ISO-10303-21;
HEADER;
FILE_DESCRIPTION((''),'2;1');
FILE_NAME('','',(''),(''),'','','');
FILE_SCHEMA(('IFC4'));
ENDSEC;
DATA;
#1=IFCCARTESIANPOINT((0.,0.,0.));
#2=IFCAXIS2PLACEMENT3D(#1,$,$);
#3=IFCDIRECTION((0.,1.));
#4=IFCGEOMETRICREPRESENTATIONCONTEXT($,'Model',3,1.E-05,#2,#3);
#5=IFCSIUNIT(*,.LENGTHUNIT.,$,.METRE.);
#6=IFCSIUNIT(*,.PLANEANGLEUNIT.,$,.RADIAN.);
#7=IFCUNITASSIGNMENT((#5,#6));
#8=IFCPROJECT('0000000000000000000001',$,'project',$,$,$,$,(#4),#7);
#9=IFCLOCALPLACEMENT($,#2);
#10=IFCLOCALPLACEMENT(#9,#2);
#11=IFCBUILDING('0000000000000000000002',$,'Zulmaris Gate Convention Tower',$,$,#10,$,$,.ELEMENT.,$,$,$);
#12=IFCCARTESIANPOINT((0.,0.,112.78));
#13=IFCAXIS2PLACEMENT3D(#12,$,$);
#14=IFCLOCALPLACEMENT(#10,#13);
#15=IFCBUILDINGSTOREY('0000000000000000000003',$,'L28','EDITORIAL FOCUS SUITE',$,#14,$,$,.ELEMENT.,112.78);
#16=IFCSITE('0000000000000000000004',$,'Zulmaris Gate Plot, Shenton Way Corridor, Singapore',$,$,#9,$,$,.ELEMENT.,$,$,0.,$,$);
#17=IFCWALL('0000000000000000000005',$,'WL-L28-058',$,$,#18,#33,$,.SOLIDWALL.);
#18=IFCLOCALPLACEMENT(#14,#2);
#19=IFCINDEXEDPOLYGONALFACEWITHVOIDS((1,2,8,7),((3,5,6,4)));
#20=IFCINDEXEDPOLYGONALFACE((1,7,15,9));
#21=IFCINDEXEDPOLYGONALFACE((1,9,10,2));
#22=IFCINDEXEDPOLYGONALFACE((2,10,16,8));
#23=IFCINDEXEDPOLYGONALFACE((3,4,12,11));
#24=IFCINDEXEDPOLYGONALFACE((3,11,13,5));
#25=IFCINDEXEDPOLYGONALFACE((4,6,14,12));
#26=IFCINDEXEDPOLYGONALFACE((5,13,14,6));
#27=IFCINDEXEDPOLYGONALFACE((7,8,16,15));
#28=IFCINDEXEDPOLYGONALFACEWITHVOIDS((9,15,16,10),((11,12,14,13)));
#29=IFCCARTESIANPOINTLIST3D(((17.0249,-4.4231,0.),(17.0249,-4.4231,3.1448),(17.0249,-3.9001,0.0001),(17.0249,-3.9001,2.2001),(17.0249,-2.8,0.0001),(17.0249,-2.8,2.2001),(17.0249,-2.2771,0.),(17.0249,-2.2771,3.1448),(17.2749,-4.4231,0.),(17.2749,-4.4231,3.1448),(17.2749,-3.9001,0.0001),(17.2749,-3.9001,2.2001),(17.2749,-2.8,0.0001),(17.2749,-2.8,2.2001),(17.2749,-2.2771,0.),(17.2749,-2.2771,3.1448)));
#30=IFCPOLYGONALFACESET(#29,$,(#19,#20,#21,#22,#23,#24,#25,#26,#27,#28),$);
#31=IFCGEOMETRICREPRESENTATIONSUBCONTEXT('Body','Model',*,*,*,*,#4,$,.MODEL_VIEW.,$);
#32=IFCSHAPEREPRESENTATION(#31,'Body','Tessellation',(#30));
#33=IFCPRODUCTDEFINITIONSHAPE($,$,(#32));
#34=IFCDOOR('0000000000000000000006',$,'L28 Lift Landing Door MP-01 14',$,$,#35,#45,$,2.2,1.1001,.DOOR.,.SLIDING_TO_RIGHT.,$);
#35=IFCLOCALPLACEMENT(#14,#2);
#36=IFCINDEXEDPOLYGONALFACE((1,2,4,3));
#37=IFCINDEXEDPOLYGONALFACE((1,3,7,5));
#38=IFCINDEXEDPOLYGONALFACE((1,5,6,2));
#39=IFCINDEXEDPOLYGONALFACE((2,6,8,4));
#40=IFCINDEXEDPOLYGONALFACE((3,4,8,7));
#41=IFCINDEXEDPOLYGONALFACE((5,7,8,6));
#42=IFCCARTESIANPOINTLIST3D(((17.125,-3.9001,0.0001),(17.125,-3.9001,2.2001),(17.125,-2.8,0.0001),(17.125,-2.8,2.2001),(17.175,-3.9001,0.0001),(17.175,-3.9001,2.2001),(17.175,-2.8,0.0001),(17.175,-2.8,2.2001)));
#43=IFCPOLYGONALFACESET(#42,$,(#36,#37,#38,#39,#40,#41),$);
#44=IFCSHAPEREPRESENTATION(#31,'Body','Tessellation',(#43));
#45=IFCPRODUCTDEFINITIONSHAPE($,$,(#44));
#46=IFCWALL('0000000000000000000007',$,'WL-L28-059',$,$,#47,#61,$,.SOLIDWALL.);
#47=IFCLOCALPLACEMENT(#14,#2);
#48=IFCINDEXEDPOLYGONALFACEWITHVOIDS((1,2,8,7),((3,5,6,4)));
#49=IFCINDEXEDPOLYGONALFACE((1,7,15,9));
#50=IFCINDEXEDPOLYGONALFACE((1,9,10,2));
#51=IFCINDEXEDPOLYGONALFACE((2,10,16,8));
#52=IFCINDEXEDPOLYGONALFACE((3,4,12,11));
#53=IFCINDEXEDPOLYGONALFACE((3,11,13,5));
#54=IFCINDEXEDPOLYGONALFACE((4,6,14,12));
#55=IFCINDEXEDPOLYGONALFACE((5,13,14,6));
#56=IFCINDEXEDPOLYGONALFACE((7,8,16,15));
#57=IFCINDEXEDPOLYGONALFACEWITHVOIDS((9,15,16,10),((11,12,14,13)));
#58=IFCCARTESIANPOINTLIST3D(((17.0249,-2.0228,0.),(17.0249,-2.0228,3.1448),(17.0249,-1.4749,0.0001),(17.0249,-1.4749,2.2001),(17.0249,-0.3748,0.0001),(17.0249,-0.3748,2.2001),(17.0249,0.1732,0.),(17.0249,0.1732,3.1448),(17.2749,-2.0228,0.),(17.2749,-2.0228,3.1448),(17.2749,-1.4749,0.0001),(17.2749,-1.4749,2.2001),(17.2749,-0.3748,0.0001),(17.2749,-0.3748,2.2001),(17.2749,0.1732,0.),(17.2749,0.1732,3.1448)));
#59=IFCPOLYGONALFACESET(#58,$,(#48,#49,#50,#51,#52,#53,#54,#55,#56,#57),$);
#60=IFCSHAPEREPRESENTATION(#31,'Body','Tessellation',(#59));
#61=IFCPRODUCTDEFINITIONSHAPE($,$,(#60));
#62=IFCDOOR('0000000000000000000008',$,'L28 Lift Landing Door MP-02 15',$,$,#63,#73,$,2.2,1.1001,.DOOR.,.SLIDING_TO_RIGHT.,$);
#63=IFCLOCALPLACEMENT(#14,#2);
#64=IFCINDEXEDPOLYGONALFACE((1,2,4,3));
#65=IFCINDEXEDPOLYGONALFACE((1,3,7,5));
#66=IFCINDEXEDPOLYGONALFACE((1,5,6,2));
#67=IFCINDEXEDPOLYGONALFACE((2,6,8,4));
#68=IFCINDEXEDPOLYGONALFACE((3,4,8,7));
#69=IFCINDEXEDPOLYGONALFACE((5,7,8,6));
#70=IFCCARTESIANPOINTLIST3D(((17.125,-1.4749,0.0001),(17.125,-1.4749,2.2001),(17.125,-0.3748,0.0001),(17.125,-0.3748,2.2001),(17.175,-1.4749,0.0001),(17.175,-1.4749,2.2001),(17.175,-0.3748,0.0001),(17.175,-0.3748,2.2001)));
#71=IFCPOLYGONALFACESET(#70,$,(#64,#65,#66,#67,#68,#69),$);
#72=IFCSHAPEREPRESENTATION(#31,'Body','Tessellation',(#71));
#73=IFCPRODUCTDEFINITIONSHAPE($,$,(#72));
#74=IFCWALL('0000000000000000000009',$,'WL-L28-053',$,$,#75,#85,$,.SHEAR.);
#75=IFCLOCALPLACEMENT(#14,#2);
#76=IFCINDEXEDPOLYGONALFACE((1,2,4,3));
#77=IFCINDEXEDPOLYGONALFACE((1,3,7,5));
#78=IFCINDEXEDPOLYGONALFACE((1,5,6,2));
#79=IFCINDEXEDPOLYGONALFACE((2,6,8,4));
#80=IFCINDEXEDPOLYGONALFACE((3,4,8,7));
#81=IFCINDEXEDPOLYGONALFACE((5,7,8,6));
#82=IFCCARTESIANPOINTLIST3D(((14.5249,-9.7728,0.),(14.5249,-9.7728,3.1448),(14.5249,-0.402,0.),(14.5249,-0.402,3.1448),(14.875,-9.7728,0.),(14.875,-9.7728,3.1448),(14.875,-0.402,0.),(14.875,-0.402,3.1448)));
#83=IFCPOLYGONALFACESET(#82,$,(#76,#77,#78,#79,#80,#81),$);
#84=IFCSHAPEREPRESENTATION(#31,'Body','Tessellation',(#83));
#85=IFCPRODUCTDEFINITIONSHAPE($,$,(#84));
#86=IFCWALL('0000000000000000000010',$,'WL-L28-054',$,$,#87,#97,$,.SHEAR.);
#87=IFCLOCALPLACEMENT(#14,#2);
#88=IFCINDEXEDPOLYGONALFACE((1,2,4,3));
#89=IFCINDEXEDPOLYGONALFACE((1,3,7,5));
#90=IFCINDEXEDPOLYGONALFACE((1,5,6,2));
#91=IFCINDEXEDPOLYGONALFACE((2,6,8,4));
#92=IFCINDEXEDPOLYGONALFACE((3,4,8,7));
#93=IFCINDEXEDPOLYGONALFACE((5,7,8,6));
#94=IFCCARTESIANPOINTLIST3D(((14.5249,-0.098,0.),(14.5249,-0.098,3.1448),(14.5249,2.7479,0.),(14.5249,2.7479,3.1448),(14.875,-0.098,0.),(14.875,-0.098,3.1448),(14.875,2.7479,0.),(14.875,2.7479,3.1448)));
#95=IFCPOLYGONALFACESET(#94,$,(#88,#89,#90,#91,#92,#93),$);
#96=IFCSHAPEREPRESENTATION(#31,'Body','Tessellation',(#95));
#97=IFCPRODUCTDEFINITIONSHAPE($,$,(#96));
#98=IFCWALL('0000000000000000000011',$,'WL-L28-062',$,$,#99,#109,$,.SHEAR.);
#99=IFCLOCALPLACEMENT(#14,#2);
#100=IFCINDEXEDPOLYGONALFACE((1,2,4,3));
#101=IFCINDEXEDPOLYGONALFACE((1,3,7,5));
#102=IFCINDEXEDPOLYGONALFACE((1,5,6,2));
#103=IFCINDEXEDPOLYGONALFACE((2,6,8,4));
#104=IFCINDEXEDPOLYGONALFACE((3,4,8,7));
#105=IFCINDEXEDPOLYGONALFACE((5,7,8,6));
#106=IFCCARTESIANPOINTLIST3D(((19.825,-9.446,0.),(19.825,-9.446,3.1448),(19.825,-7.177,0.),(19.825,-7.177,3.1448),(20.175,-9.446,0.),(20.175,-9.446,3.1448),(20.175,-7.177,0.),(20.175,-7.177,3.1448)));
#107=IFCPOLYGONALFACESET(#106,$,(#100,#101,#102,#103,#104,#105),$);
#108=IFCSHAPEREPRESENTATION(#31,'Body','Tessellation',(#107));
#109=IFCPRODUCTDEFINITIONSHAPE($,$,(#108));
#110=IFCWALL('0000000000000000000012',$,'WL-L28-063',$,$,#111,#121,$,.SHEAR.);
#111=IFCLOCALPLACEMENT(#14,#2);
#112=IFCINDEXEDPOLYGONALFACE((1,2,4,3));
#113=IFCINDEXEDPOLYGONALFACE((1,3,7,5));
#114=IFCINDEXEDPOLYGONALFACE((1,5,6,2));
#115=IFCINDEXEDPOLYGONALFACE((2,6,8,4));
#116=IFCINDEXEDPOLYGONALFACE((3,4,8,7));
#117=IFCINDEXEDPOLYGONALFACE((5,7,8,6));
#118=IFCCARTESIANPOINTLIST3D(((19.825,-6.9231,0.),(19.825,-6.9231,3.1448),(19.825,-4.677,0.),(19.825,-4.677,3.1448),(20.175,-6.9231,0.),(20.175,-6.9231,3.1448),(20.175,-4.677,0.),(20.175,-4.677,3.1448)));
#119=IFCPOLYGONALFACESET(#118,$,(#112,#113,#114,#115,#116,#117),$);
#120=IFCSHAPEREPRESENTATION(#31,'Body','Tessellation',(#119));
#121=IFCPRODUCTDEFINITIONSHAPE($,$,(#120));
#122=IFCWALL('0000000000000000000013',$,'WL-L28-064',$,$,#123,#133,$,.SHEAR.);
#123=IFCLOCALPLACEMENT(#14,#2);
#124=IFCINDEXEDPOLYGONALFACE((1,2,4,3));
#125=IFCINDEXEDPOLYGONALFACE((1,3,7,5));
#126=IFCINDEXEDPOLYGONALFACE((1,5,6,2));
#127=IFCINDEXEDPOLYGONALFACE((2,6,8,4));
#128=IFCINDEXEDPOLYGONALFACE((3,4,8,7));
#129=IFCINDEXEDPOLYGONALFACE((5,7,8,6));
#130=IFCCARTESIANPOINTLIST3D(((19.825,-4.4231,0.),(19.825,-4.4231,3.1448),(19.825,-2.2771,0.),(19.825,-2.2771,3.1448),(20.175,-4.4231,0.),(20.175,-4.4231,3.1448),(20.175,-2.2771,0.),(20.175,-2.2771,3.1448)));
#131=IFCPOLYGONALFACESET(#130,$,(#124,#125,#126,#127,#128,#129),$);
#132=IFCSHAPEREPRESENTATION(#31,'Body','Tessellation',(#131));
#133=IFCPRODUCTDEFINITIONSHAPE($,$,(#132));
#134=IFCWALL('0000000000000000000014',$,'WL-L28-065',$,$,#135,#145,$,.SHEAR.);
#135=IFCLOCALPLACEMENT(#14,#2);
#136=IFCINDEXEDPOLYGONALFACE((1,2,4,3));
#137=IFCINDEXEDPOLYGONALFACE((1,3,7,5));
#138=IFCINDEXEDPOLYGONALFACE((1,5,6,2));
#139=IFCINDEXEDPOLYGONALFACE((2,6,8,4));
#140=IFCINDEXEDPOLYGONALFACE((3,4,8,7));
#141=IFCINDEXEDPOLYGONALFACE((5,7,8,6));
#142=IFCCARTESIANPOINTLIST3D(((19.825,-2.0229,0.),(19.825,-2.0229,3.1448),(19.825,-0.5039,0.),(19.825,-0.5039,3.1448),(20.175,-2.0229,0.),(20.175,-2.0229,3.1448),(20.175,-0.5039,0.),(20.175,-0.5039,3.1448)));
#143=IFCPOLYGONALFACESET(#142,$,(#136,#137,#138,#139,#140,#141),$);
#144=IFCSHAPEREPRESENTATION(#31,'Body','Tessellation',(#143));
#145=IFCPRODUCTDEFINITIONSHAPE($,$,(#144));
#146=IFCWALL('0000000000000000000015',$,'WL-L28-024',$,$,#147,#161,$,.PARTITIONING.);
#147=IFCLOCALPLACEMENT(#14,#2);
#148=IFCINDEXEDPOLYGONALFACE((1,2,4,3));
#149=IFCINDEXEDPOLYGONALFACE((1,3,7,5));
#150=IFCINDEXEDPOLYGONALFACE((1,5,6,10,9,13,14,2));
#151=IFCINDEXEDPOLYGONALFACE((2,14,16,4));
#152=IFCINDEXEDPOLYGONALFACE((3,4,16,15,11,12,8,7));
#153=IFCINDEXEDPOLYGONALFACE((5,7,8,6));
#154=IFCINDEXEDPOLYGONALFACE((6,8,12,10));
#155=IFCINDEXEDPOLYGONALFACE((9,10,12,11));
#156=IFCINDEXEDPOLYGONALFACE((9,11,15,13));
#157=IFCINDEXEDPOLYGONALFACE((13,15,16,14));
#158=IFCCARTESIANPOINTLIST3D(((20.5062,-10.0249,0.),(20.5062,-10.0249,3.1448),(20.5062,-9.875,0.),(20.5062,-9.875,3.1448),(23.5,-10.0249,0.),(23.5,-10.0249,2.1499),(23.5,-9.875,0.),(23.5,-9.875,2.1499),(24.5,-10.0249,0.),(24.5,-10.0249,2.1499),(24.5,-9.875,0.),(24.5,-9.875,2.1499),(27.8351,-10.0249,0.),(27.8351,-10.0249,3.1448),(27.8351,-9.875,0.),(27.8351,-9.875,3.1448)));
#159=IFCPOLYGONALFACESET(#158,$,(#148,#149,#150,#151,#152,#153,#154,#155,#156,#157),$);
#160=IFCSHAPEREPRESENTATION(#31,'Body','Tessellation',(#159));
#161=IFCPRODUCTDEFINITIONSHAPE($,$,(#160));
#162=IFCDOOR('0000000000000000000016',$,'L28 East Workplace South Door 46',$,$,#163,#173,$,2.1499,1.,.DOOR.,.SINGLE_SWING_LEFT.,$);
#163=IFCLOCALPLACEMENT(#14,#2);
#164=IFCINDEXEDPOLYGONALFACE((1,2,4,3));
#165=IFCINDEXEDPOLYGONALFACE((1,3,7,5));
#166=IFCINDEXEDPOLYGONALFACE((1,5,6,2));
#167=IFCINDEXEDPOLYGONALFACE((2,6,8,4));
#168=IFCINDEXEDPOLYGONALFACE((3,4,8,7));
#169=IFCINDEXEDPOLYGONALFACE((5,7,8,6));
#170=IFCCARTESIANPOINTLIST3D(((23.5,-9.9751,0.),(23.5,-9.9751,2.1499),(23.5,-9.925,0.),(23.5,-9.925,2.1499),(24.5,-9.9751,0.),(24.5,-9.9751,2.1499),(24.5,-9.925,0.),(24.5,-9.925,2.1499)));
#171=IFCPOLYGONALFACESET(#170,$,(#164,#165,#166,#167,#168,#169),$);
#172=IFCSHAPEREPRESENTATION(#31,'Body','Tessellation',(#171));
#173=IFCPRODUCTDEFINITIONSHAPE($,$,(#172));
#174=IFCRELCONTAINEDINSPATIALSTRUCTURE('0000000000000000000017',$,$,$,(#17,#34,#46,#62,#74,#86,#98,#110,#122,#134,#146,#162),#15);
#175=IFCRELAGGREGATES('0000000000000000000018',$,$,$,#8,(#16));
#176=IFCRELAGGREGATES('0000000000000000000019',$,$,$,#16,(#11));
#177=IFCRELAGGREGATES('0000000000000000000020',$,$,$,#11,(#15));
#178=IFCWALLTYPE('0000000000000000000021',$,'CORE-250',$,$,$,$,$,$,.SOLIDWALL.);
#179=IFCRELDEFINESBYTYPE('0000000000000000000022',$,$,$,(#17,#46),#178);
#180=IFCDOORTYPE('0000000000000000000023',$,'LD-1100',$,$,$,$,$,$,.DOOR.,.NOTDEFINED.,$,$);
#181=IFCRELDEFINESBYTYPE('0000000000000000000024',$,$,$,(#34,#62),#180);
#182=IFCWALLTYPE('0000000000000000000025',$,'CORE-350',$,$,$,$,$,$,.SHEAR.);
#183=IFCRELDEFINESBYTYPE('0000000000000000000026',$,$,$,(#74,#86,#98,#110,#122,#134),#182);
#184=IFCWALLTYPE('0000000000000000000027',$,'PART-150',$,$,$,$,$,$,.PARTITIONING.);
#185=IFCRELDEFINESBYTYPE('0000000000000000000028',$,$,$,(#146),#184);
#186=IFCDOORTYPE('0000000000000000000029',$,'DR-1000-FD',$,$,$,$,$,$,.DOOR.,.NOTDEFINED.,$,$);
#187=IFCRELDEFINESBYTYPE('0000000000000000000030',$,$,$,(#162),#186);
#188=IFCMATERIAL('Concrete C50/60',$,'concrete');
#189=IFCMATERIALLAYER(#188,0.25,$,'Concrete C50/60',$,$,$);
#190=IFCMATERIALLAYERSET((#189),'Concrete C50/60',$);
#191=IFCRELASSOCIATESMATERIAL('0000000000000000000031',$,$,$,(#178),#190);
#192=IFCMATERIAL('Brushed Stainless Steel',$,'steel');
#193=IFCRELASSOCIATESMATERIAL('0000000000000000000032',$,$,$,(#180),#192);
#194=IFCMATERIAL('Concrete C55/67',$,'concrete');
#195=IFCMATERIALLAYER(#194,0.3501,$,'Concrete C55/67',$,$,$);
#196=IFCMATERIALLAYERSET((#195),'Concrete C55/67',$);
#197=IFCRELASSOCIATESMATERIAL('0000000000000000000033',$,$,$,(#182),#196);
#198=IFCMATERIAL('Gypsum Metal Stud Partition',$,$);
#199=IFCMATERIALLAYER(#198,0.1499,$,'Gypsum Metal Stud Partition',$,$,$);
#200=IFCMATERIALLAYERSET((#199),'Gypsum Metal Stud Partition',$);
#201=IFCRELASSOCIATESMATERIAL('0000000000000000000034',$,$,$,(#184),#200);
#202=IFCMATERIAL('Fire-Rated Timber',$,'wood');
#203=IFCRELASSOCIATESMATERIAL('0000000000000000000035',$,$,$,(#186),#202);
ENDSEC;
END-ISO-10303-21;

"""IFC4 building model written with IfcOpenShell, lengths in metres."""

from ifc_helpers import new_model, si_unit, direction, frame, frame_2d, origin, place, context, subcontext, project, spatial, rectangle, extrude, material, layer, layer_set, type_object, element, fill, save


model = new_model("IFC4")

# Units and contexts
model_context = context("Model", 3, precision=1e-05, world=origin(), true_north=direction((0.0, 1.0)))
body_context = subcontext(model_context, "Body", "Model", "MODEL_VIEW")
ifc_project = project(units=[si_unit("LENGTHUNIT", "METRE"), si_unit("PLANEANGLEUNIT", "RADIAN")], contexts=[model_context])

# Site, building, storey
site_placement = place(None, origin())
site = spatial("IfcSite", under=ifc_project, at=site_placement, Name="Zulmaris Gate Plot, Shenton Way Corridor, Singapore", CompositionType="ELEMENT", RefElevation=0.0)
building_placement = place(site_placement, origin())
building = spatial("IfcBuilding", under=site, at=building_placement, Name="Zulmaris Gate Convention Tower", CompositionType="ELEMENT")
storey_placement = place(building_placement, frame((0.0, 0.0, 112.78)))
storey = spatial("IfcBuildingStorey", under=building, at=storey_placement, Name="L28", Description="EDITORIAL FOCUS SUITE", CompositionType="ELEMENT", Elevation=112.78)

# Shared definitions
ifc_material_1 = material(Name="Concrete C50/60", Category="concrete")
ifc_layer_1 = layer(ifc_material_1, 0.25, Name="Concrete C50/60")
ifc_layer_set_1 = layer_set([ifc_layer_1], Name="Concrete C50/60")
wall_type_1 = type_object("IfcWallType", Name="CORE-250", PredefinedType="SOLIDWALL", material=ifc_layer_set_1)

# Walls, openings, doors
wall_1_placement = place(storey_placement, frame((17.1499, -4.4231, 0.0), z_axis=(0.0, 0.0, 1.0), x_axis=(0.0, 1.0, 0.0)))
wall_1 = element("IfcWall", 1, at=wall_1_placement, inside=storey, type_object=wall_type_1, Name="WL-L28-058", PredefinedType="SOLIDWALL", context=body_context, shape_type="SweptSolid", body=[
    extrude(rectangle(XDim=2.146, YDim=0.25, at=frame_2d((1.073, 0.0))), origin(), (0.0, 0.0, 1.0), 3.1448),
])
opening_1_placement = place(wall_1_placement, frame((0.5229, 0.0, 0.0)))
opening_1 = element("IfcOpeningElement", 2, at=opening_1_placement, cuts=wall_1, PredefinedType="OPENING", context=body_context, shape_type="SweptSolid", body=[
    extrude(rectangle(XDim=1.1001, YDim=2.2, at=frame_2d((0.55, 1.1001))), frame((0.0, 0.135, 0.0), z_axis=(0.0, -1.0, 0.0), x_axis=(1.0, 0.0, 0.0)), (0.0, 0.0, 1.0), 0.27),
])
ifc_material_2 = material(Name="Brushed Stainless Steel", Category="steel")
door_type_1 = type_object("IfcDoorType", Name="LD-1100", OperationType="NOTDEFINED", PredefinedType="DOOR", material=ifc_material_2)
door_1_placement = place(opening_1_placement, origin())
door_1 = element("IfcDoor", 3, at=door_1_placement, inside=storey, type_object=door_type_1, Name="L28 Lift Landing Door MP-01 14", OperationType="SLIDING_TO_RIGHT", OverallHeight=2.2, OverallWidth=1.1001, PredefinedType="DOOR", context=body_context, shape_type="SweptSolid", body=[
    extrude(rectangle(XDim=1.1001, YDim=2.2, at=frame_2d((0.55, 1.1001))), frame((0.0, 0.0249, 0.0), z_axis=(0.0, -1.0, 0.0), x_axis=(1.0, 0.0, 0.0)), (0.0, 0.0, 1.0), 0.05),
])
fill(opening_1, door_1)
wall_2_placement = place(storey_placement, frame((17.1499, -2.0229, 0.0), z_axis=(0.0, 0.0, 1.0), x_axis=(0.0, 1.0, 0.0)))
wall_2 = element("IfcWall", 4, at=wall_2_placement, inside=storey, type_object=wall_type_1, Name="WL-L28-059", PredefinedType="SOLIDWALL", context=body_context, shape_type="SweptSolid", body=[
    extrude(rectangle(XDim=2.196, YDim=0.25, at=frame_2d((1.0981, 0.0))), origin(), (0.0, 0.0, 1.0), 3.1448),
])
opening_2_placement = place(wall_2_placement, frame((0.5481, 0.0, 0.0)))
opening_2 = element("IfcOpeningElement", 5, at=opening_2_placement, cuts=wall_2, PredefinedType="OPENING", context=body_context, shape_type="SweptSolid", body=[
    extrude(rectangle(XDim=1.1001, YDim=2.2, at=frame_2d((0.55, 1.1001))), frame((0.0, 0.135, 0.0), z_axis=(0.0, -1.0, 0.0), x_axis=(1.0, 0.0, 0.0)), (0.0, 0.0, 1.0), 0.27),
])
door_2_placement = place(opening_2_placement, origin())
door_2 = element("IfcDoor", 6, at=door_2_placement, inside=storey, type_object=door_type_1, Name="L28 Lift Landing Door MP-02 15", OperationType="SLIDING_TO_RIGHT", OverallHeight=2.2, OverallWidth=1.1001, PredefinedType="DOOR", context=body_context, shape_type="SweptSolid", body=[
    extrude(rectangle(XDim=1.1001, YDim=2.2, at=frame_2d((0.55, 1.1001))), frame((0.0, 0.0249, 0.0), z_axis=(0.0, -1.0, 0.0), x_axis=(1.0, 0.0, 0.0)), (0.0, 0.0, 1.0), 0.05),
])
fill(opening_2, door_2)

# Walls
ifc_material_3 = material(Name="Concrete C55/67", Category="concrete")
ifc_layer_2 = layer(ifc_material_3, 0.3501, Name="Concrete C55/67")
ifc_layer_set_2 = layer_set([ifc_layer_2], Name="Concrete C55/67")
wall_type_2 = type_object("IfcWallType", Name="CORE-350", PredefinedType="SHEAR", material=ifc_layer_set_2)
wall_3_placement = place(storey_placement, frame((14.7, -9.7729, 0.0), z_axis=(0.0, 0.0, 1.0), x_axis=(0.0, 1.0, 0.0)))
element("IfcWall", 7, at=wall_3_placement, inside=storey, type_object=wall_type_2, Name="WL-L28-053", PredefinedType="SHEAR", context=body_context, shape_type="SweptSolid", body=[
    extrude(rectangle(XDim=9.3708, YDim=0.3501, at=frame_2d((4.6855, 0.0))), origin(), (0.0, 0.0, 1.0), 3.1448),
])
wall_4_placement = place(storey_placement, frame((14.7, -0.0979, 0.0), z_axis=(0.0, 0.0, 1.0), x_axis=(0.0, 1.0, 0.0)))
element("IfcWall", 8, at=wall_4_placement, inside=storey, type_object=wall_type_2, Name="WL-L28-054", PredefinedType="SHEAR", context=body_context, shape_type="SweptSolid", body=[
    extrude(rectangle(XDim=2.8459, YDim=0.3501, at=frame_2d((1.4229, 0.0))), origin(), (0.0, 0.0, 1.0), 3.1448),
])
wall_5_placement = place(storey_placement, frame((20.0, -9.446, 0.0), z_axis=(0.0, 0.0, 1.0), x_axis=(0.0, 1.0, 0.0)))
element("IfcWall", 9, at=wall_5_placement, inside=storey, type_object=wall_type_2, Name="WL-L28-062", PredefinedType="SHEAR", context=body_context, shape_type="SweptSolid", body=[
    extrude(rectangle(XDim=2.269, YDim=0.3501, at=frame_2d((1.1345, 0.0))), origin(), (0.0, 0.0, 1.0), 3.1448),
])
wall_6_placement = place(storey_placement, frame((20.0, -6.9231, 0.0), z_axis=(0.0, 0.0, 1.0), x_axis=(0.0, 1.0, 0.0)))
element("IfcWall", 10, at=wall_6_placement, inside=storey, type_object=wall_type_2, Name="WL-L28-063", PredefinedType="SHEAR", context=body_context, shape_type="SweptSolid", body=[
    extrude(rectangle(XDim=2.2461, YDim=0.3501, at=frame_2d((1.123, 0.0))), origin(), (0.0, 0.0, 1.0), 3.1448),
])
wall_7_placement = place(storey_placement, frame((20.0, -4.4231, 0.0), z_axis=(0.0, 0.0, 1.0), x_axis=(0.0, 1.0, 0.0)))
element("IfcWall", 11, at=wall_7_placement, inside=storey, type_object=wall_type_2, Name="WL-L28-064", PredefinedType="SHEAR", context=body_context, shape_type="SweptSolid", body=[
    extrude(rectangle(XDim=2.146, YDim=0.3501, at=frame_2d((1.073, 0.0))), origin(), (0.0, 0.0, 1.0), 3.1448),
])
wall_8_placement = place(storey_placement, frame((20.0, -2.0229, 0.0), z_axis=(0.0, 0.0, 1.0), x_axis=(0.0, 1.0, 0.0)))
element("IfcWall", 12, at=wall_8_placement, inside=storey, type_object=wall_type_2, Name="WL-L28-065", PredefinedType="SHEAR", context=body_context, shape_type="SweptSolid", body=[
    extrude(rectangle(XDim=1.519, YDim=0.3501, at=frame_2d((0.7595, 0.0))), origin(), (0.0, 0.0, 1.0), 3.1448),
])

# Wall, opening, door
ifc_material_4 = material(Name="Gypsum Metal Stud Partition")
ifc_layer_3 = layer(ifc_material_4, 0.1499, Name="Gypsum Metal Stud Partition")
ifc_layer_set_3 = layer_set([ifc_layer_3], Name="Gypsum Metal Stud Partition")
wall_type_3 = type_object("IfcWallType", Name="PART-150", PredefinedType="PARTITIONING", material=ifc_layer_set_3)
wall_9_placement = place(storey_placement, frame((20.5061, -9.95, 0.0), z_axis=(0.0, 0.0, 1.0), x_axis=(1.0, 0.0, 0.0)))
wall_9 = element("IfcWall", 13, at=wall_9_placement, inside=storey, type_object=wall_type_3, Name="WL-L28-024", PredefinedType="PARTITIONING", context=body_context, shape_type="SweptSolid", body=[
    extrude(rectangle(XDim=7.3289, YDim=0.1499, at=frame_2d((3.6646, 0.0))), origin(), (0.0, 0.0, 1.0), 3.1448),
])
opening_3_placement = place(wall_9_placement, frame((2.9939, 0.0, 0.0)))
opening_3 = element("IfcOpeningElement", 14, at=opening_3_placement, cuts=wall_9, PredefinedType="OPENING", context=body_context, shape_type="SweptSolid", body=[
    extrude(rectangle(XDim=1.0, YDim=2.1499, at=frame_2d((0.5, 1.075))), frame((0.0, 0.085, 0.0), z_axis=(0.0, -1.0, 0.0), x_axis=(1.0, 0.0, 0.0)), (0.0, 0.0, 1.0), 0.1699),
])
ifc_material_5 = material(Name="Fire-Rated Timber", Category="wood")
door_type_2 = type_object("IfcDoorType", Name="DR-1000-FD", OperationType="NOTDEFINED", PredefinedType="DOOR", material=ifc_material_5)
door_3_placement = place(opening_3_placement, origin())
door_3 = element("IfcDoor", 15, at=door_3_placement, inside=storey, type_object=door_type_2, Name="L28 East Workplace South Door 46", OperationType="SINGLE_SWING_LEFT", OverallHeight=2.1499, OverallWidth=1.0, PredefinedType="DOOR", context=body_context, shape_type="SweptSolid", body=[
    extrude(rectangle(XDim=1.0, YDim=2.1499, at=frame_2d((0.5, 1.075))), frame((0.0, 0.0249, 0.0), z_axis=(0.0, -1.0, 0.0), x_axis=(1.0, 0.0, 0.0)), (0.0, 0.0, 1.0), 0.05),
])
fill(opening_3, door_3)

save(model, "model.ifc")
